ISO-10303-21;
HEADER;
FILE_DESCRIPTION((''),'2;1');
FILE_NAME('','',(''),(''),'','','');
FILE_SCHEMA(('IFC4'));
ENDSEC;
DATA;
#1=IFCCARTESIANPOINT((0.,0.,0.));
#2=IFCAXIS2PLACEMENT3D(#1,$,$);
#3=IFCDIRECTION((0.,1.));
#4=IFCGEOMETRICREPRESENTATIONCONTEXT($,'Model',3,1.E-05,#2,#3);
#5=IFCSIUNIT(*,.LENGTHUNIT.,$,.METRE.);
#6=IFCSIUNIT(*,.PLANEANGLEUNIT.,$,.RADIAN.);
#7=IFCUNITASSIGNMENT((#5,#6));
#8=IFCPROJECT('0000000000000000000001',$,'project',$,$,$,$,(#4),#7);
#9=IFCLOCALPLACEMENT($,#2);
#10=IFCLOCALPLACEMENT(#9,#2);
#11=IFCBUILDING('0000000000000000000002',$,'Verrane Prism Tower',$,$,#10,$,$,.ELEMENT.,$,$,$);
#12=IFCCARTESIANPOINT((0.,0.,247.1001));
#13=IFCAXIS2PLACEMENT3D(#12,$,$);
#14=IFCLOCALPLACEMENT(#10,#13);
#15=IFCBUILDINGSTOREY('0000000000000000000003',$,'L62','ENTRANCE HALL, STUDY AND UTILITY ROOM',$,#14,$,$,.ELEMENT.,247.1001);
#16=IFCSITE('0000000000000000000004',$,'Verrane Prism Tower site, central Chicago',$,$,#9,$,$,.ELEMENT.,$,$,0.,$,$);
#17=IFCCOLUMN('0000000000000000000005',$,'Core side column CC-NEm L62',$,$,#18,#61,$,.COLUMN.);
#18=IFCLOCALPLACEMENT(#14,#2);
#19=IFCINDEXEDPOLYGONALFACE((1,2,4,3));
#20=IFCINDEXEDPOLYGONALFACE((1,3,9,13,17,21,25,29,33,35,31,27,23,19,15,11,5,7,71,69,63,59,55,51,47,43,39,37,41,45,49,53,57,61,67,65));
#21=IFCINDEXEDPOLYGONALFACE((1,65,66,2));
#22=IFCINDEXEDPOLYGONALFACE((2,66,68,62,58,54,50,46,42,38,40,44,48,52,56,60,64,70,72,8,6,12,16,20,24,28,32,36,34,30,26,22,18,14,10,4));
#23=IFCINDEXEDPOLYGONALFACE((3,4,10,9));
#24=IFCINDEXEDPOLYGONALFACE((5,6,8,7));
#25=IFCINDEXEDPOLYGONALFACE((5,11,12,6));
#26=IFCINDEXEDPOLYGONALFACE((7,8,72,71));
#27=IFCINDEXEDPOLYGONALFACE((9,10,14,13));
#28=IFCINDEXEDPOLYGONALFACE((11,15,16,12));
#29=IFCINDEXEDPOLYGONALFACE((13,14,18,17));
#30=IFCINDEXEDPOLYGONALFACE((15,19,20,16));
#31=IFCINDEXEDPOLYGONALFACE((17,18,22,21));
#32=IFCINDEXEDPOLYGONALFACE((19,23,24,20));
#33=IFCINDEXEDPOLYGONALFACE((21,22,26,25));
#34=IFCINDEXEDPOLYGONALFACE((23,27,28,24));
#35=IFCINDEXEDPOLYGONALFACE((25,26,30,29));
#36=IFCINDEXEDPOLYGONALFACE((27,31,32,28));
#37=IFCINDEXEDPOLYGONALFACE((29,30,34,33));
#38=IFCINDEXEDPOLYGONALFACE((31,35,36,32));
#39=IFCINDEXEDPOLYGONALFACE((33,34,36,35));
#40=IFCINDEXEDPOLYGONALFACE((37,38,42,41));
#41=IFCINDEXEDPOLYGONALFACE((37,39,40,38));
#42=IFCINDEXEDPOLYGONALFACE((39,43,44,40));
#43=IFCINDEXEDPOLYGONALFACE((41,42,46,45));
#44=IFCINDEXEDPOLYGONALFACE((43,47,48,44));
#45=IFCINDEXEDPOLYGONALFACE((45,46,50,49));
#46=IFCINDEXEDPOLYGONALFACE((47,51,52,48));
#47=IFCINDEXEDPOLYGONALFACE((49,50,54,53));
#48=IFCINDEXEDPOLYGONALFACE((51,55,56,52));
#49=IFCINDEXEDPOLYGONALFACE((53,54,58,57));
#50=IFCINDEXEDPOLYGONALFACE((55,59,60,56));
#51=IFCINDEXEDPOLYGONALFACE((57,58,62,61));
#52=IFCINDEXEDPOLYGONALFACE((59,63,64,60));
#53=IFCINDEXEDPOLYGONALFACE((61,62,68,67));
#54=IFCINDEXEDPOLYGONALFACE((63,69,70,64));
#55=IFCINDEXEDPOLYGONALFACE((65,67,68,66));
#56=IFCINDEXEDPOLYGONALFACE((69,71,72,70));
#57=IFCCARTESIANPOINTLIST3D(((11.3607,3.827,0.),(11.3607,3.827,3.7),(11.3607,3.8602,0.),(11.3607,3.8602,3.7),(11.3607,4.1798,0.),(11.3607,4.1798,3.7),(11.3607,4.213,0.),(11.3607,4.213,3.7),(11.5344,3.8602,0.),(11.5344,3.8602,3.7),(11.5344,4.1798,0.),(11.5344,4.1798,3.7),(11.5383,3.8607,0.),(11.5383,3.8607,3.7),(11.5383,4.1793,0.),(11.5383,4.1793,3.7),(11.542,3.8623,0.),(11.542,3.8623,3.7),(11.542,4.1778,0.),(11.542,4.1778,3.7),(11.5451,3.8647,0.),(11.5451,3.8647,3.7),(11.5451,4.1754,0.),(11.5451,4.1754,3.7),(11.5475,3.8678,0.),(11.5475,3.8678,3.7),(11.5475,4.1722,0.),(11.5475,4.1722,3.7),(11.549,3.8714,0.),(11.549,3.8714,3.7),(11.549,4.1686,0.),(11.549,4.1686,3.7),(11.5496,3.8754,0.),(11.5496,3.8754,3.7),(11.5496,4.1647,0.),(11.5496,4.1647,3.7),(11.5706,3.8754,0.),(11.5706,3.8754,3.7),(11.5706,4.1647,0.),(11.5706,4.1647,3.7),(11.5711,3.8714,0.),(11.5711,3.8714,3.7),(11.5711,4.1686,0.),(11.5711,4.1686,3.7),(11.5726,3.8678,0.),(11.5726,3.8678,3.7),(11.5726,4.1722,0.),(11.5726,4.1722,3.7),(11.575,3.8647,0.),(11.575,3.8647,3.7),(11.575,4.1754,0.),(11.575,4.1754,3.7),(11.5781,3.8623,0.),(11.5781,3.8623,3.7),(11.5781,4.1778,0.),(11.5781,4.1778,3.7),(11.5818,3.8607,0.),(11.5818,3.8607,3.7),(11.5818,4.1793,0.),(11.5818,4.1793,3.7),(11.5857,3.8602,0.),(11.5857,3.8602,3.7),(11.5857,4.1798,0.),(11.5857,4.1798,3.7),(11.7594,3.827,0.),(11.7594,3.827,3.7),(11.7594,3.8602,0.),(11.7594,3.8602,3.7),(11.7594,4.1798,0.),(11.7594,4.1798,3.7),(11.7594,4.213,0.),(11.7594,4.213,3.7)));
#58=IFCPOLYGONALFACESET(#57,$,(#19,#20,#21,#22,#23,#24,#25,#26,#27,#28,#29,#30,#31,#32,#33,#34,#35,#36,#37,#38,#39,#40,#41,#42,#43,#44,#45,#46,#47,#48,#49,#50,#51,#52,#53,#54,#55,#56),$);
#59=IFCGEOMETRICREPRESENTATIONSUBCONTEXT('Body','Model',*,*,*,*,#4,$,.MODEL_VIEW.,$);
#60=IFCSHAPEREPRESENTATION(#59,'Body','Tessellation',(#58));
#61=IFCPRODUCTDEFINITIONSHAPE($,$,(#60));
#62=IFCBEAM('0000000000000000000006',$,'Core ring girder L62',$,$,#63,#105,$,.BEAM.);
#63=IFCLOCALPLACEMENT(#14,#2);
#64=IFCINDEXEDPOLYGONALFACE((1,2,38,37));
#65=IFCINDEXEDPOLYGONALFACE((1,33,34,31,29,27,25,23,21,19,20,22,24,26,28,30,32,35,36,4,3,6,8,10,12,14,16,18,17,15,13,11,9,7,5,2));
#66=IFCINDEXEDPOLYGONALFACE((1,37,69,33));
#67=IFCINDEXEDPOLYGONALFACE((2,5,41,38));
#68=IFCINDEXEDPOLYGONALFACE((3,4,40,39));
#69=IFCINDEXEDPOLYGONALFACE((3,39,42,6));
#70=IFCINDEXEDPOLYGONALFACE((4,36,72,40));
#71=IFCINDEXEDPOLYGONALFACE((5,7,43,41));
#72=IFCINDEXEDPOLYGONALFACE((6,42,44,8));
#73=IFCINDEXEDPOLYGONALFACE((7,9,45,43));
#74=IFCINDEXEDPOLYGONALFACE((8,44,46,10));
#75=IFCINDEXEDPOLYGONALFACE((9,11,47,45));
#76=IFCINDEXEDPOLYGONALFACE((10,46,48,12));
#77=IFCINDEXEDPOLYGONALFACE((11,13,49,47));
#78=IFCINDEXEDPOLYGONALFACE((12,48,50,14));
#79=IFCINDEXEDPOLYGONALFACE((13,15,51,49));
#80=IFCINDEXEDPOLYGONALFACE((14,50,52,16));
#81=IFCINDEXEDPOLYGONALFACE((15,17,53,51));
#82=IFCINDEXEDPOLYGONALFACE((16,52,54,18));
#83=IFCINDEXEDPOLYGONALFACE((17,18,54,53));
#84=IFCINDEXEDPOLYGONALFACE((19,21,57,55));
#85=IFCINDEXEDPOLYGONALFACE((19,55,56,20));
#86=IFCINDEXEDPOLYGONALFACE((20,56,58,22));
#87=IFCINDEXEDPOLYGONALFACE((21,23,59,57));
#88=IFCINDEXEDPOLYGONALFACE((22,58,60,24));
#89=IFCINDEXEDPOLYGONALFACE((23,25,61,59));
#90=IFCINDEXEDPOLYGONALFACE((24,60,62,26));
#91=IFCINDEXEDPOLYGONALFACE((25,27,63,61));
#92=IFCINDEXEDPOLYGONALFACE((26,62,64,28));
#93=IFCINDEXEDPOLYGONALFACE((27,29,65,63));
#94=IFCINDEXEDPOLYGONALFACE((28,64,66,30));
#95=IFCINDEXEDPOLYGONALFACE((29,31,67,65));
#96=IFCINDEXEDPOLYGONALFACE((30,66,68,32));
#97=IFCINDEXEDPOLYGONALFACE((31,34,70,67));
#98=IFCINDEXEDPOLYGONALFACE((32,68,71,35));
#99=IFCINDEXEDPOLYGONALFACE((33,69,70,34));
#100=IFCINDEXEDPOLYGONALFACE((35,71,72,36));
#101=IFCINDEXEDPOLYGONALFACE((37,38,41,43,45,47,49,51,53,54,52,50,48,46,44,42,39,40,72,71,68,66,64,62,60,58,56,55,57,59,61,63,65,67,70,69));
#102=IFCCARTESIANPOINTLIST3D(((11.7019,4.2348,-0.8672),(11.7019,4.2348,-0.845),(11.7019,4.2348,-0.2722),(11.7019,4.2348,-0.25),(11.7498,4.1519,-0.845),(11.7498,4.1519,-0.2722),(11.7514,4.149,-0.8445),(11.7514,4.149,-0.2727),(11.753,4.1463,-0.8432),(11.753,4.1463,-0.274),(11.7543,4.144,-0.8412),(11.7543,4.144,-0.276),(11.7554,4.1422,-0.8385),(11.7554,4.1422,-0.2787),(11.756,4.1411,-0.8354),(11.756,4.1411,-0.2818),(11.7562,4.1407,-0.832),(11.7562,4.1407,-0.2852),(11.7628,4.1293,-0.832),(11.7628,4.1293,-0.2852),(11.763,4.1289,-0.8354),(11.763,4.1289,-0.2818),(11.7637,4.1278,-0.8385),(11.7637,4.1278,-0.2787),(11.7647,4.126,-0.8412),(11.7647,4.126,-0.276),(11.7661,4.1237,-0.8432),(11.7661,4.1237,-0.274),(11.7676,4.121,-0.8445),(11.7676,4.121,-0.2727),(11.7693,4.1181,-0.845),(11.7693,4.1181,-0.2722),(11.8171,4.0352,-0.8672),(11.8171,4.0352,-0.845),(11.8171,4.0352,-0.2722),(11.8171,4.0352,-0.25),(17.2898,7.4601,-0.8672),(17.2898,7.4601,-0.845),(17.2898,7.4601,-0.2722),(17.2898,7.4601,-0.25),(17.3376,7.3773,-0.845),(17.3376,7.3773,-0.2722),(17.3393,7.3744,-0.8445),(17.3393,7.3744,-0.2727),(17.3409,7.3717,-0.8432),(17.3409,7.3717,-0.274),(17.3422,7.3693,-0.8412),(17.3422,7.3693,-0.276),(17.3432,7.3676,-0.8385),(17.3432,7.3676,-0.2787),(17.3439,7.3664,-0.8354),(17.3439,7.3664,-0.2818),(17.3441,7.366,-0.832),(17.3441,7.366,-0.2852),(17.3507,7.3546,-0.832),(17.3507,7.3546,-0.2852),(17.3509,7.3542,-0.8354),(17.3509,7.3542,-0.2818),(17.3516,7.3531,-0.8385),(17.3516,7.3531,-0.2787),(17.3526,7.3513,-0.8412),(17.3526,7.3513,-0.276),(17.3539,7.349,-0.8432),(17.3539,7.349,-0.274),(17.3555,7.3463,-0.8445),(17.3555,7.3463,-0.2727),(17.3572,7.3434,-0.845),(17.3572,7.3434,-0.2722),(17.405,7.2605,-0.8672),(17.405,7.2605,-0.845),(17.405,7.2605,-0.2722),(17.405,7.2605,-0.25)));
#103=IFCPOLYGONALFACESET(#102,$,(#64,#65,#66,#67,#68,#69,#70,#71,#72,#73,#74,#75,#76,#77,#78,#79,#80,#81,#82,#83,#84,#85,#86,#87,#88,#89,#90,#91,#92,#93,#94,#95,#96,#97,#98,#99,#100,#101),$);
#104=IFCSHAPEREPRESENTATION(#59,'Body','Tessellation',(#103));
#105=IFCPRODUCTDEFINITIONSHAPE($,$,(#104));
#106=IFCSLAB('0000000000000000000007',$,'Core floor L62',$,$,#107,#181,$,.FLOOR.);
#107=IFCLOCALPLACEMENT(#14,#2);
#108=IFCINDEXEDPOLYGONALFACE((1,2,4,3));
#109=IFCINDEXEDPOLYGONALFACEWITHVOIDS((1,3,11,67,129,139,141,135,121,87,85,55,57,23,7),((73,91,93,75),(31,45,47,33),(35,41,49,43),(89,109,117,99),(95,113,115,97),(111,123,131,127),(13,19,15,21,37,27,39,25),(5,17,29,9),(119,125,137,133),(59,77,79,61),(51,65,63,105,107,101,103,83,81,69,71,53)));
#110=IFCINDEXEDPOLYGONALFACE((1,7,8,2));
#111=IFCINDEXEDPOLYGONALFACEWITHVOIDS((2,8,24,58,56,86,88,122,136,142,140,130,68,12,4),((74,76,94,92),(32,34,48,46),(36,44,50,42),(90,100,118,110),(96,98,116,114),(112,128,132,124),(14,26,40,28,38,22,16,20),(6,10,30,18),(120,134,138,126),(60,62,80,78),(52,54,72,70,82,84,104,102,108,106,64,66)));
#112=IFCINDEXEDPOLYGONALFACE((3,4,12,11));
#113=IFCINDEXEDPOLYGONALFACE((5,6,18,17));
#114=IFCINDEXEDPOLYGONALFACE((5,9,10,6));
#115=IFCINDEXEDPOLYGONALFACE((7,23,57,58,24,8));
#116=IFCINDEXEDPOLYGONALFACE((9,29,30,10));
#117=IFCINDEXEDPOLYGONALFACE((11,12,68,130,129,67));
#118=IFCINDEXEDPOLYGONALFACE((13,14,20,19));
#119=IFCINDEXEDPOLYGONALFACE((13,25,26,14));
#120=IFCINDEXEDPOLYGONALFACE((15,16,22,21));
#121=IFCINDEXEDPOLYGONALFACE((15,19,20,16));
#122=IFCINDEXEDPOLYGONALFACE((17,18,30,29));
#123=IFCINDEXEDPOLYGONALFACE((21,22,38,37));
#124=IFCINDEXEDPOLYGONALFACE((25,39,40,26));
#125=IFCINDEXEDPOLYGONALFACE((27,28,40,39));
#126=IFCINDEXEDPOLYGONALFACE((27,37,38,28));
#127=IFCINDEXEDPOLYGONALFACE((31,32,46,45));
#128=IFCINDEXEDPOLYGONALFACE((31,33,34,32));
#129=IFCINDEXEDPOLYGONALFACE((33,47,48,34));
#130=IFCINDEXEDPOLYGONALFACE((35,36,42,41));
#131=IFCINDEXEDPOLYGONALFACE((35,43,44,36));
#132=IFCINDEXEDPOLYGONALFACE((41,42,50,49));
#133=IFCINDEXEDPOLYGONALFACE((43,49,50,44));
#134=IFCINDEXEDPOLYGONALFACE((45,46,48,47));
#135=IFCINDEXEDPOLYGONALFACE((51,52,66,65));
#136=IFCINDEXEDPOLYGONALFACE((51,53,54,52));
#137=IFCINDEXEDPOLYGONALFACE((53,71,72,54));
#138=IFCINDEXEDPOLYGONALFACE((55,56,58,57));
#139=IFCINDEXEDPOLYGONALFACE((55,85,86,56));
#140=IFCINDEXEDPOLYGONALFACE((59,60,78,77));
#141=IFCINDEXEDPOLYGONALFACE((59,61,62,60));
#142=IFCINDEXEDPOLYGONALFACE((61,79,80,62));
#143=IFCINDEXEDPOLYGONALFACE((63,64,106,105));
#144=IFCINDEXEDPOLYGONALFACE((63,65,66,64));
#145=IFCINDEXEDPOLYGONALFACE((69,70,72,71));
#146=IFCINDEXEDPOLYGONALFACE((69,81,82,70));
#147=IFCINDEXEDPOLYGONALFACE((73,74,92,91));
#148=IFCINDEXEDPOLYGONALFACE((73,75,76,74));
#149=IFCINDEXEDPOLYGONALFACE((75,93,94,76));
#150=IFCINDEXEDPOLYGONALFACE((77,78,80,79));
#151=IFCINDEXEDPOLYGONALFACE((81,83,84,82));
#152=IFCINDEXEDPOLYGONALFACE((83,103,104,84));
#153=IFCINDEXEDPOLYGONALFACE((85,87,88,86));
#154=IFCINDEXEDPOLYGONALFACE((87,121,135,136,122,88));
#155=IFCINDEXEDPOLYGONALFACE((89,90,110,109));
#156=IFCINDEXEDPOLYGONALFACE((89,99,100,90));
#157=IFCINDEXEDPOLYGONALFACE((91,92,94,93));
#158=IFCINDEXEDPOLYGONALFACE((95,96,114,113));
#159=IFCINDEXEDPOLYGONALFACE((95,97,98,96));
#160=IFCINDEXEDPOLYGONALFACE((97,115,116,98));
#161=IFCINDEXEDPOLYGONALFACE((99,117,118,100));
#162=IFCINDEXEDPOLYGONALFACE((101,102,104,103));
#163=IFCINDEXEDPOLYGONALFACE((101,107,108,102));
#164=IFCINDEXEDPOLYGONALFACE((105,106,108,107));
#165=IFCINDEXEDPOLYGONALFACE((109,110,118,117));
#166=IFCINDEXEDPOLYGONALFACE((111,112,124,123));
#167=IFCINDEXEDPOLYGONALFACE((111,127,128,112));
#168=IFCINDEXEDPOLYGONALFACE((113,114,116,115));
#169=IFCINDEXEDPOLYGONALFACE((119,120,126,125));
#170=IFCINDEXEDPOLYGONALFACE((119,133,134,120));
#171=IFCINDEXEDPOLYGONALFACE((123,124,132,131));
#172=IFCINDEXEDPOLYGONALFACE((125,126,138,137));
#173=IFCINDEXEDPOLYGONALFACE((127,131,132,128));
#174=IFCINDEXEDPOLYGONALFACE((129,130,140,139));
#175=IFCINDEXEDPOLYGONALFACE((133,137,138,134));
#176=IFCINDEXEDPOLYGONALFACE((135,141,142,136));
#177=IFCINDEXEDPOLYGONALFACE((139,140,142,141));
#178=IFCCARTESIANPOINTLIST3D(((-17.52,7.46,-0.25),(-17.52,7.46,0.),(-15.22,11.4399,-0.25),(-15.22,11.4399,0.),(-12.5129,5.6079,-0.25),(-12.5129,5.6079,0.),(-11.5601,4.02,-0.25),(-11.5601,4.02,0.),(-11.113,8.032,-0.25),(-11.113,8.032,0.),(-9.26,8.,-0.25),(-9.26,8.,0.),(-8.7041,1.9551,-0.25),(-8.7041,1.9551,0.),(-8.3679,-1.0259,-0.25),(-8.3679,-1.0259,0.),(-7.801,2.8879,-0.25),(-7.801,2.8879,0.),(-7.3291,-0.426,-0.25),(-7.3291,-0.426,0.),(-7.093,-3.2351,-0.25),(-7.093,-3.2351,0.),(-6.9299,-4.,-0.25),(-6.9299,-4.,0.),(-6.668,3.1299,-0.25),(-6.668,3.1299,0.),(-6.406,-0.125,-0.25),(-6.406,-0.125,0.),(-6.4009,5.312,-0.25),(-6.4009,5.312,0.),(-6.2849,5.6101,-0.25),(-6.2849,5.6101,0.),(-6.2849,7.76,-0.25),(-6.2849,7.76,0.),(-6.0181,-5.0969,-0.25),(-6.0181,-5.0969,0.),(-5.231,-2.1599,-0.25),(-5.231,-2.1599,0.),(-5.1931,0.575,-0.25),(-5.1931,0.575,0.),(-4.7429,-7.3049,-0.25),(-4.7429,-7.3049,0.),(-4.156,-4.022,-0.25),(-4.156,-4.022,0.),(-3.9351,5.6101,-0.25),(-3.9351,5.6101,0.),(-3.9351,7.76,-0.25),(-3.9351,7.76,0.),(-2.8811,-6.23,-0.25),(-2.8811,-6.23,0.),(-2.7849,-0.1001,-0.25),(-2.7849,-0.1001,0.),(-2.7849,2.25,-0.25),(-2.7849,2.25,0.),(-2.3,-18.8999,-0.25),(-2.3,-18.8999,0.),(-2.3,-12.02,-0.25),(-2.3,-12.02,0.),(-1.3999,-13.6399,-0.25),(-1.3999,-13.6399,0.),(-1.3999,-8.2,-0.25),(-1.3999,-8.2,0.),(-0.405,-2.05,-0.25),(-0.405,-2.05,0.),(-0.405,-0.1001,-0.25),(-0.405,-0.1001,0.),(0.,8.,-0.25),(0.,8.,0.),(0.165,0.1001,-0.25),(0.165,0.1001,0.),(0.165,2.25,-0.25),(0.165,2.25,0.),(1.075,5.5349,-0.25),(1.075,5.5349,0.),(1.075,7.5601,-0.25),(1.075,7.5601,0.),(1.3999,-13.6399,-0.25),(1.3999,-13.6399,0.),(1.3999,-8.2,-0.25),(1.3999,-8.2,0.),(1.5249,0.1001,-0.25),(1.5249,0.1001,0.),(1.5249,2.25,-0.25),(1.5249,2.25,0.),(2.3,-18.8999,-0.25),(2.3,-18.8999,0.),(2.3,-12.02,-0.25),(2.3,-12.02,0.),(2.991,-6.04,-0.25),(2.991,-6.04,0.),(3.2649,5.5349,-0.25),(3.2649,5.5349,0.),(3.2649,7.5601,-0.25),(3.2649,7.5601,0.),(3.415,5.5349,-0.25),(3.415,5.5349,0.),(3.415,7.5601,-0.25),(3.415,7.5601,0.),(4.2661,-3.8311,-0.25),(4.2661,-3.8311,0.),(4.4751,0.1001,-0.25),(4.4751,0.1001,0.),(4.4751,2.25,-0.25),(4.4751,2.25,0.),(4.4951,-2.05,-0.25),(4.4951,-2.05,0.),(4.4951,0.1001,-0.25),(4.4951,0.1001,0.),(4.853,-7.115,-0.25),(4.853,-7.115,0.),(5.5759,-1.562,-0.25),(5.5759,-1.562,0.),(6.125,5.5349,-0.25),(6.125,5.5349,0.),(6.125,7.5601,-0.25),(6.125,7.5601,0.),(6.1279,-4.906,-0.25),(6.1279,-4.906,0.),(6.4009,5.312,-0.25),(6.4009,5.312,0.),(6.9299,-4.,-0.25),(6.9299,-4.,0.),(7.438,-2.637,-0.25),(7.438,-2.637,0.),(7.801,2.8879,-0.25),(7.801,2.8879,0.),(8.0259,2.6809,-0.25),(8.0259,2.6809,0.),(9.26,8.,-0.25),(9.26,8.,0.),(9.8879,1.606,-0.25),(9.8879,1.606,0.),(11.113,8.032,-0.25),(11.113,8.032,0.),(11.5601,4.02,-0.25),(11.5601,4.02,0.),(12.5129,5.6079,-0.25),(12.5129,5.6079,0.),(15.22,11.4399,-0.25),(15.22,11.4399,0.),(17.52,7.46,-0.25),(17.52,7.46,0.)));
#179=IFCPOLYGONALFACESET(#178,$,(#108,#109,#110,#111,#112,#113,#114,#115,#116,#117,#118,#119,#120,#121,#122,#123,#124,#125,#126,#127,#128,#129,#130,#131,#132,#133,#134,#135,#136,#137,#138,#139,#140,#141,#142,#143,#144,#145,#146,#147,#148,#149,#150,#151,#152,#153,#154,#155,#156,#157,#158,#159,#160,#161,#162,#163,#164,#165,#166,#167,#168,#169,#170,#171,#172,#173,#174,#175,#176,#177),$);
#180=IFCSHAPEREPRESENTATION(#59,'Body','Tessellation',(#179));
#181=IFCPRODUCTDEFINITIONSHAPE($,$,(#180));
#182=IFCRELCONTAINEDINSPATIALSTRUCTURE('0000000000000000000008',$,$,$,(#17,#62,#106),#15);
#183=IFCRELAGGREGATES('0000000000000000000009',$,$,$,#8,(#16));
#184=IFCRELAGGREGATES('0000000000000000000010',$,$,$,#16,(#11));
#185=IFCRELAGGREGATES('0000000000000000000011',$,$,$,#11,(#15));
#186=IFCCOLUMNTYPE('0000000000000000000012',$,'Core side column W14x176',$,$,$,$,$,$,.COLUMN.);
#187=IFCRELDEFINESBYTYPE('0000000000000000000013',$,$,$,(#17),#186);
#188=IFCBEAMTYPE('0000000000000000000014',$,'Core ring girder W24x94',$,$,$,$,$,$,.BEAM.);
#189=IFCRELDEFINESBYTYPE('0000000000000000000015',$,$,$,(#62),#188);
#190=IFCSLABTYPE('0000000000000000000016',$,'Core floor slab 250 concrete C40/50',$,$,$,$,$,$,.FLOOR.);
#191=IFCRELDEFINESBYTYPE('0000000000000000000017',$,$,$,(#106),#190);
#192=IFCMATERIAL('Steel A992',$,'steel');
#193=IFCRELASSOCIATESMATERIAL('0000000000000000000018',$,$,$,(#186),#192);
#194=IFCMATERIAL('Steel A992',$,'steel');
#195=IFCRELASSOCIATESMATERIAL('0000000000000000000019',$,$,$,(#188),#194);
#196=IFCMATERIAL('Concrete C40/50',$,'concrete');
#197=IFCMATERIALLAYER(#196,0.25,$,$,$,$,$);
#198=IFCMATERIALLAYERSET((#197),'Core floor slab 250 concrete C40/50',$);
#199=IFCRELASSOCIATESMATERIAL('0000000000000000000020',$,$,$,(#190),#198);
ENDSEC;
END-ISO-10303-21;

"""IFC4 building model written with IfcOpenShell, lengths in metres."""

from ifc_helpers import new_model, si_unit, direction, frame, origin, origin_2d, place, context, subcontext, project, spatial, polyline, i_section, outline, extrude, material, layer, layer_set, material_profile, profile_set, type_object, element, save


model = new_model("IFC4")

# Units and contexts
model_context = context("Model", 3, precision=1e-05, world=origin(), true_north=direction((0.0, 1.0)))
body_context = subcontext(model_context, "Body", "Model", "MODEL_VIEW")
ifc_project = project(units=[si_unit("LENGTHUNIT", "METRE"), si_unit("PLANEANGLEUNIT", "RADIAN")], contexts=[model_context])

# Site, building, storey
site_placement = place(None, origin())
site = spatial("IfcSite", under=ifc_project, at=site_placement, Name="Verrane Prism Tower site, central Chicago", CompositionType="ELEMENT", RefElevation=0.0)
building_placement = place(site_placement, origin())
building = spatial("IfcBuilding", under=site, at=building_placement, Name="Verrane Prism Tower", CompositionType="ELEMENT")
storey_placement = place(building_placement, frame((0.0, 0.0, 247.1001)))
storey = spatial("IfcBuildingStorey", under=building, at=storey_placement, Name="L62", Description="ENTRANCE HALL, STUDY AND UTILITY ROOM", CompositionType="ELEMENT", Elevation=247.1001)

# Column
ifc_material_1 = material(Name="Steel A992", Category="steel")
ifc_material_profile_1 = material_profile(ifc_material_1, i_section(OverallWidth=0.3987, OverallDepth=0.386, WebThickness=0.021, FlangeThickness=0.0332, FilletRadius=0.0151, at=origin_2d()), Name="W14x176")
ifc_profile_set_1 = profile_set([ifc_material_profile_1], Name="Steel A992")
column_type = type_object("IfcColumnType", Name="Core side column W14x176", PredefinedType="COLUMN", material=ifc_profile_set_1)
column_placement = place(storey_placement, frame((11.5601, 4.02, 0.0), z_axis=(0.0, 0.0, 1.0), x_axis=(1.0, 0.0, 0.0)))
element("IfcColumn", 1, at=column_placement, inside=storey, type_object=column_type, Name="Core side column CC-NEm L62", PredefinedType="COLUMN", context=body_context, shape_type="SweptSolid", body=[
    extrude(i_section(OverallWidth=0.3987, OverallDepth=0.386, WebThickness=0.021, FlangeThickness=0.0332, FilletRadius=0.0151, at=origin_2d()), origin(), (0.0, 0.0, 1.0), 3.7),
])

# Beam
ifc_material_2 = material(Name="Steel A992", Category="steel")
ifc_material_profile_2 = material_profile(ifc_material_2, i_section(OverallWidth=0.2305, OverallDepth=0.6172, WebThickness=0.0132, FlangeThickness=0.0222, FilletRadius=0.0129, at=origin_2d()), Name="W24x94")
ifc_profile_set_2 = profile_set([ifc_material_profile_2], Name="Steel A992")
beam_type = type_object("IfcBeamType", Name="Core ring girder W24x94", PredefinedType="BEAM", material=ifc_profile_set_2)
beam_placement = place(storey_placement, frame((11.7595, 4.135, -0.5586), z_axis=(0.866081, 0.499904, 0.0), x_axis=(-0.499904, 0.866081, 0.0)))
element("IfcBeam", 2, at=beam_placement, inside=storey, type_object=beam_type, Name="Core ring girder L62", PredefinedType="BEAM", context=body_context, shape_type="SweptSolid", body=[
    extrude(i_section(OverallWidth=0.2305, OverallDepth=0.6172, WebThickness=0.0132, FlangeThickness=0.0222, FilletRadius=0.0129, at=origin_2d()), origin(), (0.0, 0.0, 1.0), 6.4519),
])

# Slab
ifc_material_3 = material(Name="Concrete C40/50", Category="concrete")
ifc_layer_1 = layer(ifc_material_3, 0.25)
ifc_layer_set_1 = layer_set([ifc_layer_1], Name="Core floor slab 250 concrete C40/50")
slab_type_1 = type_object("IfcSlabType", Name="Core floor slab 250 concrete C40/50", PredefinedType="FLOOR", material=ifc_layer_set_1)
slab_1_placement = place(storey_placement, frame((0.0, 0.0, -0.25)))
element("IfcSlab", 3, at=slab_1_placement, inside=storey, type_object=slab_type_1, Name="Core floor L62", PredefinedType="FLOOR", context=body_context, shape_type="SweptSolid", body=[
    extrude(outline(polyline([(11.5601, 4.02), (17.52, 7.46), (15.22, 11.4399), (9.26, 8.0), (0.0, 8.0), (-9.26, 8.0), (-15.22, 11.4399), (-17.52, 7.46), (-11.5601, 4.02), (-6.9299, -4.0), (-2.3, -12.02), (-2.3, -18.8999), (2.3, -18.8999), (2.3, -12.02), (6.9299, -4.0), (11.5601, 4.02)]), holes=[polyline([(1.3999, -8.2), (1.3999, -13.6399), (-1.3999, -13.6399), (-1.3999, -8.2), (1.3999, -8.2)]), polyline([(-2.8811, -6.23), (-4.7429, -7.3049), (-6.0181, -5.0969), (-4.156, -4.022), (-2.8811, -6.23)]), polyline([(-7.801, 2.8879), (-12.5129, 5.6079), (-11.113, 8.032), (-6.4009, 5.312), (-7.801, 2.8879)]), polyline([(-6.2849, 5.6101), (-6.2849, 7.76), (-3.9351, 7.76), (-3.9351, 5.6101), (-6.2849, 5.6101)]), polyline([(4.2661, -3.8311), (6.1279, -4.906), (4.853, -7.115), (2.991, -6.04), (4.2661, -3.8311)]), polyline([(7.438, -2.637), (5.5759, -1.562), (8.0259, 2.6809), (9.8879, 1.606), (7.438, -2.637)]), polyline([(0.165, 0.1001), (1.5249, 0.1001), (1.5249, 2.25), (4.4751, 2.25), (4.4751, 0.1001), (4.4951, 0.1001), (4.4951, -2.05), (-0.405, -2.05), (-0.405, -0.1001), (-2.7849, -0.1001), (-2.7849, 2.25), (0.165, 2.25), (0.165, 0.1001)]), polyline([(6.4009, 5.312), (11.113, 8.032), (12.5129, 5.6079), (7.801, 2.8879), (6.4009, 5.312)]), polyline([(1.075, 5.5349), (1.075, 7.5601), (3.2649, 7.5601), (3.2649, 5.5349), (1.075, 5.5349)]), polyline([(3.415, 7.5601), (6.125, 7.5601), (6.125, 5.5349), (3.415, 5.5349), (3.415, 7.5601)]), polyline([(-5.231, -2.1599), (-7.093, -3.2351), (-8.3679, -1.0259), (-7.3291, -0.426), (-8.7041, 1.9551), (-6.668, 3.1299), (-5.1931, 0.575), (-6.406, -0.125), (-5.231, -2.1599)])]), origin(), (0.0, 0.0, 1.0), 0.25),
])

save(model, "model.ifc")
